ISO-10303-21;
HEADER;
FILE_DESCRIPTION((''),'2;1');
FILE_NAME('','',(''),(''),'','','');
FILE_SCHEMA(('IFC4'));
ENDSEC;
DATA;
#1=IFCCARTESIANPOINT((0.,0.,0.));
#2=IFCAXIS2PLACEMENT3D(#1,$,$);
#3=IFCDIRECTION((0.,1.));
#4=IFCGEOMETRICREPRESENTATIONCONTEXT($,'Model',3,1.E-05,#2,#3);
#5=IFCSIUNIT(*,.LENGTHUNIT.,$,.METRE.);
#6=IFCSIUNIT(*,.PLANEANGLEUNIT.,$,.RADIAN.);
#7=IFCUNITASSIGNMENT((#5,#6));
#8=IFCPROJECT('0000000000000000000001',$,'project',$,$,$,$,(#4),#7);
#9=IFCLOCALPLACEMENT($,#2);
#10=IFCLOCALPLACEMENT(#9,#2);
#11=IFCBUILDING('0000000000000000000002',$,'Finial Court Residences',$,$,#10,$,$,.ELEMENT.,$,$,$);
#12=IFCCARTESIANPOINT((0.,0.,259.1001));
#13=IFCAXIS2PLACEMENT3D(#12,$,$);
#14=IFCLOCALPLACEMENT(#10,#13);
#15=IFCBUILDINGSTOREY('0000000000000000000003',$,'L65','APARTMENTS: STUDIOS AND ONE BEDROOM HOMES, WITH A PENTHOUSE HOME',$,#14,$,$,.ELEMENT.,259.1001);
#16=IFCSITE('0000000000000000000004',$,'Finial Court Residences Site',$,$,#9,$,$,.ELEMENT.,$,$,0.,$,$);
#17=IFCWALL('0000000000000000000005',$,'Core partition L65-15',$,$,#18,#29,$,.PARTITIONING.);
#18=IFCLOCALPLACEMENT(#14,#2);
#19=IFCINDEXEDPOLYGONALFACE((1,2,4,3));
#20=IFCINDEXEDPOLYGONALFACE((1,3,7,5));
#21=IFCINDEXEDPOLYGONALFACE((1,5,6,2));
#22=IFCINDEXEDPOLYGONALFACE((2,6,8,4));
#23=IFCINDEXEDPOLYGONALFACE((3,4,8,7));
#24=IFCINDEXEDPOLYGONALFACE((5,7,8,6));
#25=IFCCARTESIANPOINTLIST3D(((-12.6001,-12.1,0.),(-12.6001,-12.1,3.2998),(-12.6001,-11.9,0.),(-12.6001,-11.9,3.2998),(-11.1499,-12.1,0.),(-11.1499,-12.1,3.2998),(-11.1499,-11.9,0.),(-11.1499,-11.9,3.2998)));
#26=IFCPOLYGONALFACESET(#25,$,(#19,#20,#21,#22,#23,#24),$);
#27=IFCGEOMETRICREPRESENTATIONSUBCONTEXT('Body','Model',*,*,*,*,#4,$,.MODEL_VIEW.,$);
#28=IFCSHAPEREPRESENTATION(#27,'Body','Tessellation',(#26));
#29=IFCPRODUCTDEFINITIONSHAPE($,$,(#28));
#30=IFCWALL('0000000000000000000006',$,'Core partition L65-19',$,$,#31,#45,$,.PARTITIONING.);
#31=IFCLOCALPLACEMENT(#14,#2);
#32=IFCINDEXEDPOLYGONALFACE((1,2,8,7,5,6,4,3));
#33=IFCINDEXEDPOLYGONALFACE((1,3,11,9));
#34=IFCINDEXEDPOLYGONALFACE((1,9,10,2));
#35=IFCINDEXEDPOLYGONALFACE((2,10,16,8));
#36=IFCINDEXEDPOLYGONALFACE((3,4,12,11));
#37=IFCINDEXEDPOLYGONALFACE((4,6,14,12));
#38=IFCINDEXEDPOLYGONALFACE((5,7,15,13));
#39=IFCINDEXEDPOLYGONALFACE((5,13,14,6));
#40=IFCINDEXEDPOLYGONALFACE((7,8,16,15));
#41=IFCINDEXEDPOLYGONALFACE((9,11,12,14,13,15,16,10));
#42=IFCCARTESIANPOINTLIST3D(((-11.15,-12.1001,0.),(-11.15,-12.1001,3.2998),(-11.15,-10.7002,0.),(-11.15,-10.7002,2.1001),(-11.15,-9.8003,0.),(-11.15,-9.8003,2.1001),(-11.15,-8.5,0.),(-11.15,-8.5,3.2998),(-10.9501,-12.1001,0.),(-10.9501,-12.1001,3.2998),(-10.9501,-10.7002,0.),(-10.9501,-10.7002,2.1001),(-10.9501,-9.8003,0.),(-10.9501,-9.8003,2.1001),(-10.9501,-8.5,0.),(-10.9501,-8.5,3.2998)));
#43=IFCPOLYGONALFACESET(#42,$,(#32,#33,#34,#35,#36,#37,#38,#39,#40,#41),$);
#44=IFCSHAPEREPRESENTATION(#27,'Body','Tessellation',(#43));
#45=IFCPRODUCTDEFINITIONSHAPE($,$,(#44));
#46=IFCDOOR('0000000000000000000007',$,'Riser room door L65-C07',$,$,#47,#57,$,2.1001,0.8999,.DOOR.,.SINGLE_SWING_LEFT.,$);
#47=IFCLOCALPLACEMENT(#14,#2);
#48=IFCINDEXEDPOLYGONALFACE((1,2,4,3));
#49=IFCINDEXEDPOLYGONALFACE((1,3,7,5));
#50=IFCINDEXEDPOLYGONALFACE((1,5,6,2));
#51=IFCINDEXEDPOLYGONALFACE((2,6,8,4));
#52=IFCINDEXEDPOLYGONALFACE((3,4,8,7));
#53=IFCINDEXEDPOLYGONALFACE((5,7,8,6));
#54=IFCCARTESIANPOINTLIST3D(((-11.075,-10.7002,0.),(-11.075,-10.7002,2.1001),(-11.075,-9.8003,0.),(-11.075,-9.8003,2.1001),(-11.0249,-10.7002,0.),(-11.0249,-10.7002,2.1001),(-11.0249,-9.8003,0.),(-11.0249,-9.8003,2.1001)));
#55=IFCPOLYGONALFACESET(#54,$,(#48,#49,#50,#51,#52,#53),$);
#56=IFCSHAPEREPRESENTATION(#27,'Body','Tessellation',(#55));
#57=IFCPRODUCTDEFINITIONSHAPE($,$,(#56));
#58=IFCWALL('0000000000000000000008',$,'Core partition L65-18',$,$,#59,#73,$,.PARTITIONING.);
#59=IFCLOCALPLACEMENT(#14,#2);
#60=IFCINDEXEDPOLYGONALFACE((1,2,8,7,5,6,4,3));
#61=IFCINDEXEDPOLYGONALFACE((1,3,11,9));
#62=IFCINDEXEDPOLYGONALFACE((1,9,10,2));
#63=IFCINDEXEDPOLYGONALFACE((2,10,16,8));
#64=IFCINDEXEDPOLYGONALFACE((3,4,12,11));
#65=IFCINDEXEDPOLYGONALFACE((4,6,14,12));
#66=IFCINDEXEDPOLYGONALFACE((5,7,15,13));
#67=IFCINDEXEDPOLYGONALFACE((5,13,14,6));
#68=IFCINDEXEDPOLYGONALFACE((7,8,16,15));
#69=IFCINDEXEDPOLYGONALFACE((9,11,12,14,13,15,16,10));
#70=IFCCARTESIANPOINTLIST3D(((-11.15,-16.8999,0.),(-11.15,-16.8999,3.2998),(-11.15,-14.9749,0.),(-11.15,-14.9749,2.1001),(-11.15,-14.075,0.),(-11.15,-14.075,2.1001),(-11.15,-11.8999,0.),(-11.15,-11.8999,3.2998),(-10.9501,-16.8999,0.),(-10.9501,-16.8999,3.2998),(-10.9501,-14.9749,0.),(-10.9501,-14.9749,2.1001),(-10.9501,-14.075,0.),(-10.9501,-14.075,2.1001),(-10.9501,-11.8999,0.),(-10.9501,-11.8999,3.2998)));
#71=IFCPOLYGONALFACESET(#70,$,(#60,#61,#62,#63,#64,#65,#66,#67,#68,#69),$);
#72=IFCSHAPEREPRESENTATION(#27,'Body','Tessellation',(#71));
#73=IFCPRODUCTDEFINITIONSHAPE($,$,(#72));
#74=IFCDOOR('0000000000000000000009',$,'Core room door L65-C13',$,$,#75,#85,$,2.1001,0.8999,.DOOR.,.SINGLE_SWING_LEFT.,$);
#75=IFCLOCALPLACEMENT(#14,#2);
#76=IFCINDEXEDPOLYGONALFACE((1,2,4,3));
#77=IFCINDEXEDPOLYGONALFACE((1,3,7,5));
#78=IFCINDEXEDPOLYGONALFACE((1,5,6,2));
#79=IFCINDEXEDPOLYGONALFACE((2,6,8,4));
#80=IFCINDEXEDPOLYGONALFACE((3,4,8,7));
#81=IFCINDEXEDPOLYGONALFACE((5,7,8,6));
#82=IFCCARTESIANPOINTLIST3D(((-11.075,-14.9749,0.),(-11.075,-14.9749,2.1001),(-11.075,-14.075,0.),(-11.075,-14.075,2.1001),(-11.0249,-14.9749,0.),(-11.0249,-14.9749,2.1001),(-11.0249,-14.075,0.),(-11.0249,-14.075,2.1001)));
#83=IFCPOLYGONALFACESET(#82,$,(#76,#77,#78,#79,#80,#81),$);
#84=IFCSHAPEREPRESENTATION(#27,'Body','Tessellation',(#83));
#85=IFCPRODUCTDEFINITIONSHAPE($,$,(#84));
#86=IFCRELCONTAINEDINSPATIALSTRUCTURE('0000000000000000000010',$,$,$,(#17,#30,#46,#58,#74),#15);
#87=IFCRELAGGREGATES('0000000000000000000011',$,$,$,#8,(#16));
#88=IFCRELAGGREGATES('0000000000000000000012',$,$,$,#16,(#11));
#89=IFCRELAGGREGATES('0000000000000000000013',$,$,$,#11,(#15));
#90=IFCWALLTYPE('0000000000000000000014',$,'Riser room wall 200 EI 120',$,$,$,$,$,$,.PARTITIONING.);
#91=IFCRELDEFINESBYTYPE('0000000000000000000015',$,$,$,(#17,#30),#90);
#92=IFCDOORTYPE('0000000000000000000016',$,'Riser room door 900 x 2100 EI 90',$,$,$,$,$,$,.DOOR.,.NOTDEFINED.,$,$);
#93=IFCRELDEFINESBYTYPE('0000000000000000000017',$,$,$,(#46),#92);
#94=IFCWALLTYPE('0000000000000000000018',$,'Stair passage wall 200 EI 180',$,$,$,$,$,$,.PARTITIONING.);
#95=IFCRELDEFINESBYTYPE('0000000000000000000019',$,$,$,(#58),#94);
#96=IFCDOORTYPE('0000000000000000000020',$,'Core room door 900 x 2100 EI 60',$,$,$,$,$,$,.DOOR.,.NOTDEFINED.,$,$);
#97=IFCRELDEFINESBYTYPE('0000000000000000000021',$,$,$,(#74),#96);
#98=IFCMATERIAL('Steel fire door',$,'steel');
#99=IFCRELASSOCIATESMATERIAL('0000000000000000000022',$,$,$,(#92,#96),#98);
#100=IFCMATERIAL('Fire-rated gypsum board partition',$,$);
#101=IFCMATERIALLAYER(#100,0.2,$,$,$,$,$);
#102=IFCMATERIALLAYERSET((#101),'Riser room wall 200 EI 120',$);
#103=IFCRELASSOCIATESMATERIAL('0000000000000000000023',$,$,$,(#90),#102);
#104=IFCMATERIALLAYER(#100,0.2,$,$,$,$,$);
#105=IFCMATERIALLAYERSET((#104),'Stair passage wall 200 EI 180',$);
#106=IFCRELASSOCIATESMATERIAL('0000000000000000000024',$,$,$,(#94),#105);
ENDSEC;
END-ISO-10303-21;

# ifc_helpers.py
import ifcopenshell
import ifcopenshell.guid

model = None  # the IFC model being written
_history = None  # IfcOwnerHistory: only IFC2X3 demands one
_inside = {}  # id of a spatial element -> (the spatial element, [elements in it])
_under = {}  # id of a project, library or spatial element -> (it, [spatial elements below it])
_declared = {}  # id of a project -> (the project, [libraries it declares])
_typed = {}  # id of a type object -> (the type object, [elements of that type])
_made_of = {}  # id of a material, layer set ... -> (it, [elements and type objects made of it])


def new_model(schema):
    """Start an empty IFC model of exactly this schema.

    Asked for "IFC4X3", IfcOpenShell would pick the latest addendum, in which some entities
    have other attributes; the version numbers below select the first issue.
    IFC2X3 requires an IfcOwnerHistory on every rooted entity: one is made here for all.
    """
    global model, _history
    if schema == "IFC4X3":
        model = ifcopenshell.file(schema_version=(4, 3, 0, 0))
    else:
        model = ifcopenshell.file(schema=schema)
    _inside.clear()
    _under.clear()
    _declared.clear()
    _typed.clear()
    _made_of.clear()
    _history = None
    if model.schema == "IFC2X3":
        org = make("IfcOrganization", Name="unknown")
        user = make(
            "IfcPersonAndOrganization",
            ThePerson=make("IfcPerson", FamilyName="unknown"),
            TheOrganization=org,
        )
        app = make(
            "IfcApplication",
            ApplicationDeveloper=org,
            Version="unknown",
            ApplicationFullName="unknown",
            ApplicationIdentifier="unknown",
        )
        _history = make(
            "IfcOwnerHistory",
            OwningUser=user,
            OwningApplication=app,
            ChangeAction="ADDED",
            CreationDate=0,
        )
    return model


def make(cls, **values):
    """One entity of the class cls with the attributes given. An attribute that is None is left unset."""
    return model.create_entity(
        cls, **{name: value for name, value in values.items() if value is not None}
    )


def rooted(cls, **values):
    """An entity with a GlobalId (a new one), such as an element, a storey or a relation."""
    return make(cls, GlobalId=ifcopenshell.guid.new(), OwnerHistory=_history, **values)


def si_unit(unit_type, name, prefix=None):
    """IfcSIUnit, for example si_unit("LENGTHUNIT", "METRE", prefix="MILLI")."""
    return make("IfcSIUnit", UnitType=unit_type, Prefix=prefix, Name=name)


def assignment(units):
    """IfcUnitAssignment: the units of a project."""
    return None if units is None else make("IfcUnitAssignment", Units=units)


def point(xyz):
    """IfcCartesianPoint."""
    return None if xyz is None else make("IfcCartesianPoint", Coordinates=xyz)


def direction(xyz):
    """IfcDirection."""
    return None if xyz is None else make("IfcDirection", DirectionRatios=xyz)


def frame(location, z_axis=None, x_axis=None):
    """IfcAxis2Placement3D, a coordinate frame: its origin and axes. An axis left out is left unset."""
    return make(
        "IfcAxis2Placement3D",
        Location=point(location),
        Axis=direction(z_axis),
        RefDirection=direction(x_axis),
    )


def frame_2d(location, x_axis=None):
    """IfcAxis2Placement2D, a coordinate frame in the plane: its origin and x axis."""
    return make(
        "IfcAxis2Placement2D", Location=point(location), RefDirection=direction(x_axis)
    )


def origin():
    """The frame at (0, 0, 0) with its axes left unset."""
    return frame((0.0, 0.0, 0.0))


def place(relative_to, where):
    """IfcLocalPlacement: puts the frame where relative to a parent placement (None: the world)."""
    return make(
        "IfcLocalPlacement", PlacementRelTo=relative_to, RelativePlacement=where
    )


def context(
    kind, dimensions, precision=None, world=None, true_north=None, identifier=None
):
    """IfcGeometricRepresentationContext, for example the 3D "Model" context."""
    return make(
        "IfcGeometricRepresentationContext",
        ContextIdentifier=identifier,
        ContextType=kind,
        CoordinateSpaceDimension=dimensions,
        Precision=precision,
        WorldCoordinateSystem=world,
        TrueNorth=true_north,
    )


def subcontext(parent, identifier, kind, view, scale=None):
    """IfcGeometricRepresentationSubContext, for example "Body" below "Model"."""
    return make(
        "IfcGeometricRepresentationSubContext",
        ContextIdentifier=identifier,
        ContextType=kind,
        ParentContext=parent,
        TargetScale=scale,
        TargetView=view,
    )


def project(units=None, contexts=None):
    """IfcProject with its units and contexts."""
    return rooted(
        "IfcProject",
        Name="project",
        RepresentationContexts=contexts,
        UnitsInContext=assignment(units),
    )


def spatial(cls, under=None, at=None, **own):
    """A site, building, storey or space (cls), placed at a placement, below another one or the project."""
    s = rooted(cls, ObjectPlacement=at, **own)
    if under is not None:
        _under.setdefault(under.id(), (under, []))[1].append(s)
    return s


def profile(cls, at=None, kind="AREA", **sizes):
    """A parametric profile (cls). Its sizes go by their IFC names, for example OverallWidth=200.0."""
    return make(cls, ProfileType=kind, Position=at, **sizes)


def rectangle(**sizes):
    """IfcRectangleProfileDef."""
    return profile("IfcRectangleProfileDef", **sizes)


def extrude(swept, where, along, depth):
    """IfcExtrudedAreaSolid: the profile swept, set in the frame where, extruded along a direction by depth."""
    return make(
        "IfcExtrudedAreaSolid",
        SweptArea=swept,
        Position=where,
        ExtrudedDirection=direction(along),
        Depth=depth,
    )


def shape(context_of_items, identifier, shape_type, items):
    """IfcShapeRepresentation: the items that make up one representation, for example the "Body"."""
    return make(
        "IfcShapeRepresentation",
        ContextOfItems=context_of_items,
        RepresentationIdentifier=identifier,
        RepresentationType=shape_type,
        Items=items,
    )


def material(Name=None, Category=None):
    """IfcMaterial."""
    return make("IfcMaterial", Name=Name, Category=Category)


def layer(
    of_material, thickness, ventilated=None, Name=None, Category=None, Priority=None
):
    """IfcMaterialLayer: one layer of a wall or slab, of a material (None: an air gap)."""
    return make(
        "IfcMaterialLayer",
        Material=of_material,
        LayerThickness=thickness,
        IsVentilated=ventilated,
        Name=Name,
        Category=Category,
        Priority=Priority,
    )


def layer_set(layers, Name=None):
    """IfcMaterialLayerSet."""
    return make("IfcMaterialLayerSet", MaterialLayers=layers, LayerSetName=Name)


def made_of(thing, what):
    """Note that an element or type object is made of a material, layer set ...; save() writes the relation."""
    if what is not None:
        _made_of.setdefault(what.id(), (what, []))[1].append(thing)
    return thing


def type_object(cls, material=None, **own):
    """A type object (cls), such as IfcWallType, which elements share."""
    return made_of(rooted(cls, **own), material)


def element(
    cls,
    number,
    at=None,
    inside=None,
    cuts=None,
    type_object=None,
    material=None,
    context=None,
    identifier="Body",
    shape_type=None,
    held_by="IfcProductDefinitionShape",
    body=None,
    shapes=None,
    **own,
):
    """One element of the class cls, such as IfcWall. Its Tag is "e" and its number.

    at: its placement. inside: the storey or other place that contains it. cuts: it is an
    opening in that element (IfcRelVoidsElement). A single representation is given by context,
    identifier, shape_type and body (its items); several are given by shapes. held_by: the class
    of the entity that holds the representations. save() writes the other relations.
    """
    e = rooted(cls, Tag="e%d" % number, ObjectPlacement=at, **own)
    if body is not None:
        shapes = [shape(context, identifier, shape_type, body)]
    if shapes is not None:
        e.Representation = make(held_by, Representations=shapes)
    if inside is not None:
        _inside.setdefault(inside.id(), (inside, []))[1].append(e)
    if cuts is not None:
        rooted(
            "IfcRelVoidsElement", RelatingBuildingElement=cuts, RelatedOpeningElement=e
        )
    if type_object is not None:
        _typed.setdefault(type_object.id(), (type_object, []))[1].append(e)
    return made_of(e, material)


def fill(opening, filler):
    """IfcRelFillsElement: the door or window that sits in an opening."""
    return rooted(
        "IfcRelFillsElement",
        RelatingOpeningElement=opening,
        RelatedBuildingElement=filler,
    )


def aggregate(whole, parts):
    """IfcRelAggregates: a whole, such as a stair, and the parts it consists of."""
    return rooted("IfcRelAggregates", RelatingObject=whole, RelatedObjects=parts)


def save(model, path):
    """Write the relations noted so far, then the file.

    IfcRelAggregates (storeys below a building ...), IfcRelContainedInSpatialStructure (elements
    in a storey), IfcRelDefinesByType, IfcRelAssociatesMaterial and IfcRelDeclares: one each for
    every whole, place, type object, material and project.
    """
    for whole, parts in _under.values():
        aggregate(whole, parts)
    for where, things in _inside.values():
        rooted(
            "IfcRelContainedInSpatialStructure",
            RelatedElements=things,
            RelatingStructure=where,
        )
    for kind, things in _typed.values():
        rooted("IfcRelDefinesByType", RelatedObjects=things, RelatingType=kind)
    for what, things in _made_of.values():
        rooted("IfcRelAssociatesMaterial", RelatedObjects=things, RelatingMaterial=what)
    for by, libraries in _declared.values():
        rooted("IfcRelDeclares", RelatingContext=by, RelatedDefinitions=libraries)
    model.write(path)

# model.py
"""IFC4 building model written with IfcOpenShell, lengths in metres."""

from ifc_helpers import new_model, si_unit, direction, frame, frame_2d, origin, place, context, subcontext, project, spatial, rectangle, extrude, material, layer, layer_set, type_object, element, fill, save


model = new_model("IFC4")

# Units and contexts
model_context = context("Model", 3, precision=1e-05, world=origin(), true_north=direction((0.0, 1.0)))
body_context = subcontext(model_context, "Body", "Model", "MODEL_VIEW")
ifc_project = project(units=[si_unit("LENGTHUNIT", "METRE"), si_unit("PLANEANGLEUNIT", "RADIAN")], contexts=[model_context])

# Site, building, storey
site_placement = place(None, origin())
site = spatial("IfcSite", under=ifc_project, at=site_placement, Name="Finial Court Residences Site", CompositionType="ELEMENT", RefElevation=0.0)
building_placement = place(site_placement, origin())
building = spatial("IfcBuilding", under=site, at=building_placement, Name="Finial Court Residences", CompositionType="ELEMENT")
storey_placement = place(building_placement, frame((0.0, 0.0, 259.1001)))
storey = spatial("IfcBuildingStorey", under=building, at=storey_placement, Name="L65", Description="APARTMENTS: STUDIOS AND ONE BEDROOM HOMES, WITH A PENTHOUSE HOME", CompositionType="ELEMENT", Elevation=259.1001)

# Shared definitions
ifc_material_1 = material(Name="Steel fire door", Category="steel")
door_type_1 = type_object("IfcDoorType", Name="Riser room door 900 x 2100 EI 90", OperationType="NOTDEFINED", PredefinedType="DOOR", material=ifc_material_1)

# Wall
ifc_material_2 = material(Name="Fire-rated gypsum board partition")
ifc_layer_1 = layer(ifc_material_2, 0.2)
ifc_layer_set_1 = layer_set([ifc_layer_1], Name="Riser room wall 200 EI 120")
wall_type_1 = type_object("IfcWallType", Name="Riser room wall 200 EI 120", PredefinedType="PARTITIONING", material=ifc_layer_set_1)
wall_1_placement = place(storey_placement, frame((-12.6001, -12.0, 0.0), z_axis=(0.0, 0.0, 1.0), x_axis=(1.0, 0.0, 0.0)))
element("IfcWall", 1, at=wall_1_placement, inside=storey, type_object=wall_type_1, Name="Core partition L65-15", PredefinedType="PARTITIONING", context=body_context, shape_type="SweptSolid", body=[
    extrude(rectangle(XDim=1.4502, YDim=0.2, at=frame_2d((0.7251, 0.0))), origin(), (0.0, 0.0, 1.0), 3.2998),
])

# Walls, openings, doors
wall_2_placement = place(storey_placement, frame((-11.05, -12.1001, 0.0), z_axis=(0.0, 0.0, 1.0), x_axis=(0.0, 1.0, 0.0)))
wall_2 = element("IfcWall", 2, at=wall_2_placement, inside=storey, type_object=wall_type_1, Name="Core partition L65-19", PredefinedType="PARTITIONING", context=body_context, shape_type="SweptSolid", body=[
    extrude(rectangle(XDim=3.6001, YDim=0.2, at=frame_2d((1.8, 0.0))), origin(), (0.0, 0.0, 1.0), 3.2998),
])
opening_1_placement = place(wall_2_placement, frame((1.3999, 0.0, 0.0)))
opening_1 = element("IfcOpeningElement", 3, at=opening_1_placement, cuts=wall_2, PredefinedType="OPENING", context=body_context, shape_type="SweptSolid", body=[
    extrude(rectangle(XDim=0.8999, YDim=2.1001, at=frame_2d((0.45, 1.05))), frame((0.0, 0.1099, 0.0), z_axis=(0.0, -1.0, 0.0), x_axis=(1.0, 0.0, 0.0)), (0.0, 0.0, 1.0), 0.22),
])
door_1_placement = place(opening_1_placement, origin())
door_1 = element("IfcDoor", 4, at=door_1_placement, inside=storey, type_object=door_type_1, Name="Riser room door L65-C07", OperationType="SINGLE_SWING_LEFT", OverallHeight=2.1001, OverallWidth=0.8999, PredefinedType="DOOR", context=body_context, shape_type="SweptSolid", body=[
    extrude(rectangle(XDim=0.8999, YDim=2.1001, at=frame_2d((0.45, 1.05))), frame((0.0, 0.0249, 0.0), z_axis=(0.0, -1.0, 0.0), x_axis=(1.0, 0.0, 0.0)), (0.0, 0.0, 1.0), 0.05),
])
fill(opening_1, door_1)
ifc_layer_2 = layer(ifc_material_2, 0.2)
ifc_layer_set_2 = layer_set([ifc_layer_2], Name="Stair passage wall 200 EI 180")
wall_type_2 = type_object("IfcWallType", Name="Stair passage wall 200 EI 180", PredefinedType="PARTITIONING", material=ifc_layer_set_2)
wall_3_placement = place(storey_placement, frame((-11.05, -16.8999, 0.0), z_axis=(0.0, 0.0, 1.0), x_axis=(0.0, 1.0, 0.0)))
wall_3 = element("IfcWall", 5, at=wall_3_placement, inside=storey, type_object=wall_type_2, Name="Core partition L65-18", PredefinedType="PARTITIONING", context=body_context, shape_type="SweptSolid", body=[
    extrude(rectangle(XDim=5.0, YDim=0.2, at=frame_2d((2.5, 0.0))), origin(), (0.0, 0.0, 1.0), 3.2998),
])
opening_2_placement = place(wall_3_placement, frame((1.925, 0.0, 0.0)))
opening_2 = element("IfcOpeningElement", 6, at=opening_2_placement, cuts=wall_3, PredefinedType="OPENING", context=body_context, shape_type="SweptSolid", body=[
    extrude(rectangle(XDim=0.8999, YDim=2.1001, at=frame_2d((0.45, 1.05))), frame((0.0, 0.1099, 0.0), z_axis=(0.0, -1.0, 0.0), x_axis=(1.0, 0.0, 0.0)), (0.0, 0.0, 1.0), 0.22),
])
door_type_2 = type_object("IfcDoorType", Name="Core room door 900 x 2100 EI 60", OperationType="NOTDEFINED", PredefinedType="DOOR", material=ifc_material_1)
door_2_placement = place(opening_2_placement, origin())
door_2 = element("IfcDoor", 7, at=door_2_placement, inside=storey, type_object=door_type_2, Name="Core room door L65-C13", OperationType="SINGLE_SWING_LEFT", OverallHeight=2.1001, OverallWidth=0.8999, PredefinedType="DOOR", context=body_context, shape_type="SweptSolid", body=[
    extrude(rectangle(XDim=0.8999, YDim=2.1001, at=frame_2d((0.45, 1.05))), frame((0.0, 0.0249, 0.0), z_axis=(0.0, -1.0, 0.0), x_axis=(1.0, 0.0, 0.0)), (0.0, 0.0, 1.0), 0.05),
])
fill(opening_2, door_2)

save(model, "model.ifc")
